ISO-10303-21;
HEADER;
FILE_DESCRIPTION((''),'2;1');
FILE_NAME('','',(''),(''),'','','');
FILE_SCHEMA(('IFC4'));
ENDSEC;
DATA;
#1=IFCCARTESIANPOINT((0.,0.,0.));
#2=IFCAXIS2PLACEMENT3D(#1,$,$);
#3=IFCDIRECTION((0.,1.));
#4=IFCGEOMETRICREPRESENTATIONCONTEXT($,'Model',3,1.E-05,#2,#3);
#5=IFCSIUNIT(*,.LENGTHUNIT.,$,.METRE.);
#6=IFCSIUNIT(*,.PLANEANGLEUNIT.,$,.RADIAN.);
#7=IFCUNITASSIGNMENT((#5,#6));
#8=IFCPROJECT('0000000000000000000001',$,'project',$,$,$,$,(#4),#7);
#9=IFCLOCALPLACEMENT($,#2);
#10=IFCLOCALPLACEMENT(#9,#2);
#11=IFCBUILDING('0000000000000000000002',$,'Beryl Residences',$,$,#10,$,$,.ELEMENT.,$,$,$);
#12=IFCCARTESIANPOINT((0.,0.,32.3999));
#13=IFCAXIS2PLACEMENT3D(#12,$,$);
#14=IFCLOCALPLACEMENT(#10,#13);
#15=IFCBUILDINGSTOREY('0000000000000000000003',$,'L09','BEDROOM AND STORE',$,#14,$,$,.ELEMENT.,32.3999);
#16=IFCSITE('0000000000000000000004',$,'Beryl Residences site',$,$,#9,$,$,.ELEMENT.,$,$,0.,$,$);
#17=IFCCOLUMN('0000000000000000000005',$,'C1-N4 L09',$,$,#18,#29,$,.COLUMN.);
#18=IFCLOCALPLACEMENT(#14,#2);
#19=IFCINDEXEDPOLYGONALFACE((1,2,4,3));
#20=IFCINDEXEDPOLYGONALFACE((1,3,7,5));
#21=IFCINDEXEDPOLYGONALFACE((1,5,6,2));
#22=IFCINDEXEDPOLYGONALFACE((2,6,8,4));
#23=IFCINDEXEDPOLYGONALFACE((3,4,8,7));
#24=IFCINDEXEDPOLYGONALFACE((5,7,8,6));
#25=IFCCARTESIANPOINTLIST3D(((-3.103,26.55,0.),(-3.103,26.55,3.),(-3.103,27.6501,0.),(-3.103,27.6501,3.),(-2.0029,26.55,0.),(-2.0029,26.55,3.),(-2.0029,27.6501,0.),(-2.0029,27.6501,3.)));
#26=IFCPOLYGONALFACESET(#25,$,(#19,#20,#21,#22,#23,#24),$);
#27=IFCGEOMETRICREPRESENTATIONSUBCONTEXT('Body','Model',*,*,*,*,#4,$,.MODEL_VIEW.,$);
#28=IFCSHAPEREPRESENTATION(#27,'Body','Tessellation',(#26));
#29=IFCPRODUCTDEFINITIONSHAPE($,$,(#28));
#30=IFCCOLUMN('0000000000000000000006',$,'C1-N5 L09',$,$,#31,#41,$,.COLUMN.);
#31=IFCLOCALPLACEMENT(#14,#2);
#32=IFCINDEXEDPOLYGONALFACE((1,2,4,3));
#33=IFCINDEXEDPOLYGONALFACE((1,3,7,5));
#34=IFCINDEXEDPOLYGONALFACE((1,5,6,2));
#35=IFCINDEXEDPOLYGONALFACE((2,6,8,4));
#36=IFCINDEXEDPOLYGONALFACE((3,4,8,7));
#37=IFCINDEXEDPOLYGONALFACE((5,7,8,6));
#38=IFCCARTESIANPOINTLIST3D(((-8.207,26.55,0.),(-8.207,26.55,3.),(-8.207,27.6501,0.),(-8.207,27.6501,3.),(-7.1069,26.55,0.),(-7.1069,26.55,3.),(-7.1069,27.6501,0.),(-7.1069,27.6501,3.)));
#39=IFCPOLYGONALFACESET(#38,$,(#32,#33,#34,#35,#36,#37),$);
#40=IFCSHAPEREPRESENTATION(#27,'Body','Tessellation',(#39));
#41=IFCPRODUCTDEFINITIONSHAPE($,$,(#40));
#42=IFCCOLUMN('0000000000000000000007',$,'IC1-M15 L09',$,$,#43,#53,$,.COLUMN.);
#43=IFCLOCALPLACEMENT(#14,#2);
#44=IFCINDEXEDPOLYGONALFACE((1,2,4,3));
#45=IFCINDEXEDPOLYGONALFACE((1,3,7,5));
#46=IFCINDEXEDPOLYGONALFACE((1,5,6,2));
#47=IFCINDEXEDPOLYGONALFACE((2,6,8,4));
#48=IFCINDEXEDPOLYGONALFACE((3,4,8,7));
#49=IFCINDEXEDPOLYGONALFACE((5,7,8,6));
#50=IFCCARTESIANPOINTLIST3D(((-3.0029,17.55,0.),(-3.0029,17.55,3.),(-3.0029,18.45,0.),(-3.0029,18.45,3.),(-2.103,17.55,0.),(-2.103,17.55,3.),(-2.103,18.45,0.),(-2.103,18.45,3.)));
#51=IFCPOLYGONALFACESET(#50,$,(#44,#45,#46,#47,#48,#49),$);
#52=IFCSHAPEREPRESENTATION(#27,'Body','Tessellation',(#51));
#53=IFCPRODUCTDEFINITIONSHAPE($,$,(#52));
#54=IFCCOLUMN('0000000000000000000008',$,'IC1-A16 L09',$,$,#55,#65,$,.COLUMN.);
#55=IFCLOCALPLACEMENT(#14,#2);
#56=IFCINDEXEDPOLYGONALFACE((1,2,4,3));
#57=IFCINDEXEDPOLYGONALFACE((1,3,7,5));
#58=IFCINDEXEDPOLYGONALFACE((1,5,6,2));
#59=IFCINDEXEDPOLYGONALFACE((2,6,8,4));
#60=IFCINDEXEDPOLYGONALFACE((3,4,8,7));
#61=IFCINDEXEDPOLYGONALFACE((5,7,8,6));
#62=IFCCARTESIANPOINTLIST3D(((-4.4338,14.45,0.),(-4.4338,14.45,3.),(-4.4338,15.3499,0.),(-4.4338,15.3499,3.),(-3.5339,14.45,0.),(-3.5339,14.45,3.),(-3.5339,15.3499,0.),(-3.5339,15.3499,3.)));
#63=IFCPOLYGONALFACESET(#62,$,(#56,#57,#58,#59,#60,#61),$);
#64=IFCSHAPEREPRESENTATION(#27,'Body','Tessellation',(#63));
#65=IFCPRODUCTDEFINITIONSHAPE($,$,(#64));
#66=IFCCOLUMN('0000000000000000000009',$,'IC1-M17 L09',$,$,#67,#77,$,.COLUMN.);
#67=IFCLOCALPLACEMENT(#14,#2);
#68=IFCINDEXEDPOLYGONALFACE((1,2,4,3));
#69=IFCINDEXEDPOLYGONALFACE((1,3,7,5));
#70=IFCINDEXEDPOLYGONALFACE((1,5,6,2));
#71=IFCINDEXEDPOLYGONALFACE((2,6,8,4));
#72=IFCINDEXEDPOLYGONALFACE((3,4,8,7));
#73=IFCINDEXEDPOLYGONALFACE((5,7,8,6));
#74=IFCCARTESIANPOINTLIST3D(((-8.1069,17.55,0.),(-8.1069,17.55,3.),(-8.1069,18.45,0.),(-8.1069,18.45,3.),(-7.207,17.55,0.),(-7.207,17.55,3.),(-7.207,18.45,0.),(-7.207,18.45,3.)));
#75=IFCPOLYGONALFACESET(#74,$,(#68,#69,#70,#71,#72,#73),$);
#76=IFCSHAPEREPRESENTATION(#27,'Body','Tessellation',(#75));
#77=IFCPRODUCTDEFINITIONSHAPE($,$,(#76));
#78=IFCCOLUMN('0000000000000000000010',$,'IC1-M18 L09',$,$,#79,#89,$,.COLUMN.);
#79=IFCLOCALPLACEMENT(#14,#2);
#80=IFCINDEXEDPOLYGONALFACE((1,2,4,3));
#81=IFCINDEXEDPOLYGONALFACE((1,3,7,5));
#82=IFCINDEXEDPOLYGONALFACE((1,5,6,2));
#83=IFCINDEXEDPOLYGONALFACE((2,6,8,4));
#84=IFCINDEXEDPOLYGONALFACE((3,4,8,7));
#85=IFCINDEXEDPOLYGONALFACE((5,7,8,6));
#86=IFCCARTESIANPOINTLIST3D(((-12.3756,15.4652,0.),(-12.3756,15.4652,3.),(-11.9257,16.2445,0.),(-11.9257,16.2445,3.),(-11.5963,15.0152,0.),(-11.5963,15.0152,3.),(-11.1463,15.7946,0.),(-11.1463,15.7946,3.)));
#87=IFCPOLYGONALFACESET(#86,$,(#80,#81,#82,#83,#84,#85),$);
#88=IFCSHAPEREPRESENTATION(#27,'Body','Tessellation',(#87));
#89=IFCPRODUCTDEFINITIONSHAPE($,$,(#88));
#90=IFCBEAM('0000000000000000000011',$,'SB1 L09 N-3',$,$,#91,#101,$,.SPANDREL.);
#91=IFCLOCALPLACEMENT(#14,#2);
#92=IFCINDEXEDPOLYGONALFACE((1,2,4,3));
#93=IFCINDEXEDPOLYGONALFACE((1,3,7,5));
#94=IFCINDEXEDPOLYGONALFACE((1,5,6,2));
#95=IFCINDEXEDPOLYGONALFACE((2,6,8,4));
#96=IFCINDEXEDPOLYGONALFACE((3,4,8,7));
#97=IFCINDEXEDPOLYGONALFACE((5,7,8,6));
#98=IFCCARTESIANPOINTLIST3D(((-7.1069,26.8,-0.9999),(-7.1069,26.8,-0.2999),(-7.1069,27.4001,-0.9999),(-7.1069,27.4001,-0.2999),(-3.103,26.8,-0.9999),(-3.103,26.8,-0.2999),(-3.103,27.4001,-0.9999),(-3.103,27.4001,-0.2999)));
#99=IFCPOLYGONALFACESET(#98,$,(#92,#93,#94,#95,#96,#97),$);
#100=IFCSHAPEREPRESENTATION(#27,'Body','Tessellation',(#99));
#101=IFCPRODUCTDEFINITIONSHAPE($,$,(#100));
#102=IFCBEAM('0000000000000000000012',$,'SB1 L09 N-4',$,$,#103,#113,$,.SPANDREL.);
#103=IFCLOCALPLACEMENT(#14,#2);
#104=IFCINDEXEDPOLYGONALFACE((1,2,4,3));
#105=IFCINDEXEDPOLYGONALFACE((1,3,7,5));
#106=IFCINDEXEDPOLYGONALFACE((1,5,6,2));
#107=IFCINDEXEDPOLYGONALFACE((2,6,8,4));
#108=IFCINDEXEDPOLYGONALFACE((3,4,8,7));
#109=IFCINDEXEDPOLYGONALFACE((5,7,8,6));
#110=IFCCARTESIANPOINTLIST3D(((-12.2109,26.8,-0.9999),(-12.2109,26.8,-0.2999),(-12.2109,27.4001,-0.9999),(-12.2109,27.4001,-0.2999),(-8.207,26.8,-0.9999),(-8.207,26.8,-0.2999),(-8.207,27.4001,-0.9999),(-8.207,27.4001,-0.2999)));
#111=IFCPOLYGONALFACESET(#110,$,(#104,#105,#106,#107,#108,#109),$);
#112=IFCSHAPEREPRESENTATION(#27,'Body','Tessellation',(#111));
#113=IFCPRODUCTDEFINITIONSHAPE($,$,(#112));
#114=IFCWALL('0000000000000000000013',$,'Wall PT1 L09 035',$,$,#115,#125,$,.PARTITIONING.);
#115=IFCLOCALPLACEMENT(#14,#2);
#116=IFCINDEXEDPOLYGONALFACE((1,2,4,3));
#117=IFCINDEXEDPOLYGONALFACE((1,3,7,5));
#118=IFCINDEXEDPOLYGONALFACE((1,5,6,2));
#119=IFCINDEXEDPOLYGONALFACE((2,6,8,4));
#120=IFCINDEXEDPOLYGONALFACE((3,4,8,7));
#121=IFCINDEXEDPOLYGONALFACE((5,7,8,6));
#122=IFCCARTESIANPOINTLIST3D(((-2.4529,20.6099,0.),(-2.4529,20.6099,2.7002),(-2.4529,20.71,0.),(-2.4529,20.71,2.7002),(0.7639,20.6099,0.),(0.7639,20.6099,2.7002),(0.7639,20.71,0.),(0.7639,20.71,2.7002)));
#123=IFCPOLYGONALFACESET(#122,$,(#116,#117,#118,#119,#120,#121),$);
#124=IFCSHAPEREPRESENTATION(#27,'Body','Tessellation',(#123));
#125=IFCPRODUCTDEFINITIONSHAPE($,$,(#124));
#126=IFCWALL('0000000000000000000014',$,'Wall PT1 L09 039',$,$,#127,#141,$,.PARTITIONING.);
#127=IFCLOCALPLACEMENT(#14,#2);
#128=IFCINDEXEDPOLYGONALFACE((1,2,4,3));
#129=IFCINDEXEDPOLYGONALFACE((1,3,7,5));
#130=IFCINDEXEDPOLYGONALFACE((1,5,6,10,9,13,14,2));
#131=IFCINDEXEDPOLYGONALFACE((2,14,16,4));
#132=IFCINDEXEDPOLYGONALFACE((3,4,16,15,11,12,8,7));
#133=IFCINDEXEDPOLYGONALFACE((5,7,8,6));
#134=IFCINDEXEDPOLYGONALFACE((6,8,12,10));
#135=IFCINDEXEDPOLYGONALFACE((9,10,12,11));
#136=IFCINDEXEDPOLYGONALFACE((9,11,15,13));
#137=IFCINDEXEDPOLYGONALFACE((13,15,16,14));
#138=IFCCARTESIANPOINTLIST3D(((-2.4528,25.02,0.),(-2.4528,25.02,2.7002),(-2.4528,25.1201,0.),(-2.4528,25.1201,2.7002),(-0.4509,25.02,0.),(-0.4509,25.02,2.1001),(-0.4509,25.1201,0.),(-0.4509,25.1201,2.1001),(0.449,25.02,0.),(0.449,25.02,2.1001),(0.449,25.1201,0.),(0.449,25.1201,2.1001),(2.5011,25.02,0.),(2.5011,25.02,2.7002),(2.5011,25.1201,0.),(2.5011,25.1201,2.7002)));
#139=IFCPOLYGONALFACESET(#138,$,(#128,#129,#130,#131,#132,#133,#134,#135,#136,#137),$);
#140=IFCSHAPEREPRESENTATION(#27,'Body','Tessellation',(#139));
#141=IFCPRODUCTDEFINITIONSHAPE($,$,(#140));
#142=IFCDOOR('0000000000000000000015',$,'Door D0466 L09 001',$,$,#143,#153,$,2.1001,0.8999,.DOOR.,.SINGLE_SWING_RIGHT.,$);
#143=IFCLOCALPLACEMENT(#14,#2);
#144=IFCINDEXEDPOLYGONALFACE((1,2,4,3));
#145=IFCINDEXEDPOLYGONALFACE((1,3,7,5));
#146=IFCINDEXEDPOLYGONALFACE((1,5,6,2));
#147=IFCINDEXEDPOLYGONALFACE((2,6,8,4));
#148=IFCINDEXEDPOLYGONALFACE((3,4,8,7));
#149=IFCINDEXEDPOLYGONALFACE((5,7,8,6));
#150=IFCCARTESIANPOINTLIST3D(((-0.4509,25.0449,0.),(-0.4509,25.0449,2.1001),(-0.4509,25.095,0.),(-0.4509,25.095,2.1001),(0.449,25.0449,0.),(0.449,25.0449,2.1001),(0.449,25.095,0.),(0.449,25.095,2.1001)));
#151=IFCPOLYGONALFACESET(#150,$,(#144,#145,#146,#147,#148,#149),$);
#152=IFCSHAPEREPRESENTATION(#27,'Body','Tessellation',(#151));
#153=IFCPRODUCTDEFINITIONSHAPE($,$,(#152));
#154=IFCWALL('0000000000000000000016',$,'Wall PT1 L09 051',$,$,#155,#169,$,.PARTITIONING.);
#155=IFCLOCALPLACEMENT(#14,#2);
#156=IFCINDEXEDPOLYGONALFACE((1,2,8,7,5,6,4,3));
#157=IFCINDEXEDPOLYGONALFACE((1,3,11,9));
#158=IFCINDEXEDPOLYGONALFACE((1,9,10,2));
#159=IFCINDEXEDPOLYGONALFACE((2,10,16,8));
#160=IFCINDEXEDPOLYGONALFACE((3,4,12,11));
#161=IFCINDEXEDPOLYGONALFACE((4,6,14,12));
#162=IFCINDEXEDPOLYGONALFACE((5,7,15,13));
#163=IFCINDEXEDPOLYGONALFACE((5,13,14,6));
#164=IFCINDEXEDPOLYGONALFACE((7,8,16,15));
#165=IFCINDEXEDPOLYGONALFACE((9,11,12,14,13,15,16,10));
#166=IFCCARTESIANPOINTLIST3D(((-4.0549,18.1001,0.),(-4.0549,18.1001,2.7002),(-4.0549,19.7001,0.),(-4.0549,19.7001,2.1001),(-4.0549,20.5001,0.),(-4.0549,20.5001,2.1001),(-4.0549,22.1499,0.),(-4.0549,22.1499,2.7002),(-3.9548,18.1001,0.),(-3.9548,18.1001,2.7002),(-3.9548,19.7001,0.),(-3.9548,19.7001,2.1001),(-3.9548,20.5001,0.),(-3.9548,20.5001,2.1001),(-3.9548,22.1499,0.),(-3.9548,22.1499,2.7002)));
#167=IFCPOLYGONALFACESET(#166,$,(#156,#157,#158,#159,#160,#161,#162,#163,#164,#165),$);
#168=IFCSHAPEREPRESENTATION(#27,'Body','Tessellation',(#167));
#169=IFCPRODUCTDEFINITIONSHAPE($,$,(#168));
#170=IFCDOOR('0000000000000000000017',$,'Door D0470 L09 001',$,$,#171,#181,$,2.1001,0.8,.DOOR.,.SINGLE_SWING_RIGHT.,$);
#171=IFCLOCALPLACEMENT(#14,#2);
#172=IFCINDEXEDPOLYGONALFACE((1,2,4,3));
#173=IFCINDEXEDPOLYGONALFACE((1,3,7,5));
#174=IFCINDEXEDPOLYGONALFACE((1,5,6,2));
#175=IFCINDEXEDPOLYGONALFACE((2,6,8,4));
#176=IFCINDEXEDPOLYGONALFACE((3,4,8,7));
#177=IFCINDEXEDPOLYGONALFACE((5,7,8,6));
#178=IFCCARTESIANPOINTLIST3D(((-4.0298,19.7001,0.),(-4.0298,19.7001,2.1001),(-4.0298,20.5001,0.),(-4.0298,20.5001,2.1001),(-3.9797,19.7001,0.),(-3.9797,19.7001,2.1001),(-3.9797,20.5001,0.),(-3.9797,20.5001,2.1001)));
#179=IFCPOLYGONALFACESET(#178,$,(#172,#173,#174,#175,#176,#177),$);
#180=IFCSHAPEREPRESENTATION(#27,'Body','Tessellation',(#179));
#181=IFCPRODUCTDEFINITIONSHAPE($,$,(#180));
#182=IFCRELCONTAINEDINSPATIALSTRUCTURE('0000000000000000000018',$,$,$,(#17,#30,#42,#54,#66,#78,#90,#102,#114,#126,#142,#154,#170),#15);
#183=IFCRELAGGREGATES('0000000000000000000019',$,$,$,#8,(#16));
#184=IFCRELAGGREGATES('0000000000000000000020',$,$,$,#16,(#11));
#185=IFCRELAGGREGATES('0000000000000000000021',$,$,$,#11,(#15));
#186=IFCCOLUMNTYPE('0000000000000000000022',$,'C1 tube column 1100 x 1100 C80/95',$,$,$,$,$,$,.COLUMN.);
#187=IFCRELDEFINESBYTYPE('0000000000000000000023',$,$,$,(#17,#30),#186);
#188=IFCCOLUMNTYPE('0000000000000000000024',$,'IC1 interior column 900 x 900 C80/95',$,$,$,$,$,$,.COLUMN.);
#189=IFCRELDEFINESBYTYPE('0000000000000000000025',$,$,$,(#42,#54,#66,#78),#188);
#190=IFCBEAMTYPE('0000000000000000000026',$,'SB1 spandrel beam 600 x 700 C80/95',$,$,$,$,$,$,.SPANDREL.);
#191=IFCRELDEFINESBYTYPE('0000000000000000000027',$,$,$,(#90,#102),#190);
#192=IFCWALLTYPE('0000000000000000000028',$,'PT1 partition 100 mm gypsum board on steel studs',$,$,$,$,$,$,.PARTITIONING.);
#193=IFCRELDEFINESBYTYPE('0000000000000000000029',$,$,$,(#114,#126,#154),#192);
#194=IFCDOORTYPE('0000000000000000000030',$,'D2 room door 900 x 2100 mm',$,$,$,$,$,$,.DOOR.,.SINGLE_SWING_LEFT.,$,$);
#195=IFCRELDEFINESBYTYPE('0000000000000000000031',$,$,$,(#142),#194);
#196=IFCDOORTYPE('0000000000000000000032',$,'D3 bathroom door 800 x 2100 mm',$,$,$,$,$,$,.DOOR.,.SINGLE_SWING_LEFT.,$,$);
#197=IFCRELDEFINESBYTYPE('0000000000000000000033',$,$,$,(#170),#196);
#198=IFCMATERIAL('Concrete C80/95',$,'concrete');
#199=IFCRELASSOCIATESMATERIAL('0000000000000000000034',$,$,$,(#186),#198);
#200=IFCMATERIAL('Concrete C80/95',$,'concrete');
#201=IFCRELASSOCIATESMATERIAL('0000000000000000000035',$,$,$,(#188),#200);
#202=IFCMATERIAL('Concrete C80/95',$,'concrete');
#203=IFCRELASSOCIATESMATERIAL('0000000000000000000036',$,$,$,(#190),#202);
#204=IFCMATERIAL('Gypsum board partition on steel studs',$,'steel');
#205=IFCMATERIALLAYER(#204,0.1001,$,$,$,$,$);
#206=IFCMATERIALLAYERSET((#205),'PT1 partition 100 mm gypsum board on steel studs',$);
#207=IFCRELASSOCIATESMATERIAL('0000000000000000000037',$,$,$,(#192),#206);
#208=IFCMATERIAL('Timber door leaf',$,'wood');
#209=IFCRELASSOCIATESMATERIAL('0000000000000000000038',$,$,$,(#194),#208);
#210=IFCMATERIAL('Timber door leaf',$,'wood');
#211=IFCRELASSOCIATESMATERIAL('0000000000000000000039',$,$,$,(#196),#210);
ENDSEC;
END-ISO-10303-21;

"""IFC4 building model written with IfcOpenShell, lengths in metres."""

from ifc_helpers import new_model, si_unit, direction, frame, frame_2d, origin, origin_2d, place, context, subcontext, project, spatial, rectangle, extrude, material, layer, layer_set, material_profile, profile_set, type_object, element, fill, save


model = new_model("IFC4")

# Units and contexts
model_context = context("Model", 3, precision=1e-05, world=origin(), true_north=direction((0.0, 1.0)))
body_context = subcontext(model_context, "Body", "Model", "MODEL_VIEW")
ifc_project = project(units=[si_unit("LENGTHUNIT", "METRE"), si_unit("PLANEANGLEUNIT", "RADIAN")], contexts=[model_context])

# Site, building, storey
site_placement = place(None, origin())
site = spatial("IfcSite", under=ifc_project, at=site_placement, Name="Beryl Residences site", CompositionType="ELEMENT", RefElevation=0.0)
building_placement = place(site_placement, origin())
building = spatial("IfcBuilding", under=site, at=building_placement, Name="Beryl Residences", CompositionType="ELEMENT")
storey_placement = place(building_placement, frame((0.0, 0.0, 32.3999)))
storey = spatial("IfcBuildingStorey", under=building, at=storey_placement, Name="L09", Description="BEDROOM AND STORE", CompositionType="ELEMENT", Elevation=32.3999)

# Columns
ifc_material_1 = material(Name="Concrete C80/95", Category="concrete")
ifc_material_profile_1 = material_profile(ifc_material_1, rectangle(XDim=1.1001, YDim=1.1001, at=origin_2d()))
ifc_profile_set_1 = profile_set([ifc_material_profile_1], Name="Concrete C80/95")
column_type_1 = type_object("IfcColumnType", Name="C1 tube column 1100 x 1100 C80/95", PredefinedType="COLUMN", material=ifc_profile_set_1)
for number, where, z_axis, x_axis, name in (
    (1, (-2.553, 27.1001, 0.0), (0.0, 0.0, 1.0), (-1.0, 0.0, 0.0), "C1-N4 L09"),
    (2, (-7.657, 27.1001, 0.0), (0.0, 0.0, 1.0), (-1.0, 0.0, 0.0), "C1-N5 L09"),
):
    element("IfcColumn", number, at=place(storey_placement, frame(where, z_axis=z_axis, x_axis=x_axis)), inside=storey, type_object=column_type_1, Name=name, PredefinedType="COLUMN", context=body_context, shape_type="SweptSolid", body=[
        extrude(rectangle(XDim=1.1001, YDim=1.1001, at=origin_2d()), origin(), (0.0, 0.0, 1.0), 3.0),
    ])
ifc_material_2 = material(Name="Concrete C80/95", Category="concrete")
ifc_material_profile_2 = material_profile(ifc_material_2, rectangle(XDim=0.8999, YDim=0.8999, at=origin_2d()))
ifc_profile_set_2 = profile_set([ifc_material_profile_2], Name="Concrete C80/95")
column_type_2 = type_object("IfcColumnType", Name="IC1 interior column 900 x 900 C80/95", PredefinedType="COLUMN", material=ifc_profile_set_2)
for number, where, z_axis, x_axis, name in (
    (3, (-2.553, 18.0, 0.0), (0.0, 0.0, 1.0), (-1.0, 0.0, 0.0), "IC1-M15 L09"),
    (4, (-3.9839, 14.8999, 0.0), (0.0, 0.0, 1.0), (1.0, 0.0, 0.0), "IC1-A16 L09"),
    (5, (-7.657, 18.0, 0.0), (0.0, 0.0, 1.0), (-1.0, 0.0, 0.0), "IC1-M17 L09"),
    (6, (-11.761, 15.6299, 0.0), (0.0, 0.0, 1.0), (-0.499985, -0.866034, 0.0), "IC1-M18 L09"),
):
    element("IfcColumn", number, at=place(storey_placement, frame(where, z_axis=z_axis, x_axis=x_axis)), inside=storey, type_object=column_type_2, Name=name, PredefinedType="COLUMN", context=body_context, shape_type="SweptSolid", body=[
        extrude(rectangle(XDim=0.8999, YDim=0.8999, at=origin_2d()), origin(), (0.0, 0.0, 1.0), 3.0),
    ])

# Beams
ifc_material_3 = material(Name="Concrete C80/95", Category="concrete")
ifc_material_profile_3 = material_profile(ifc_material_3, rectangle(XDim=0.6001, YDim=0.7, at=origin_2d()))
ifc_profile_set_3 = profile_set([ifc_material_profile_3], Name="Concrete C80/95")
beam_type = type_object("IfcBeamType", Name="SB1 spandrel beam 600 x 700 C80/95", PredefinedType="SPANDREL", material=ifc_profile_set_3)
for number, where, z_axis, x_axis, name in (
    (7, (-3.103, 27.1001, -0.6499), (-1.0, 0.0, 0.0), (0.0, -1.0, 0.0), "SB1 L09 N-3"),
    (8, (-8.207, 27.1001, -0.6499), (-1.0, 0.0, 0.0), (0.0, -1.0, 0.0), "SB1 L09 N-4"),
):
    element("IfcBeam", number, at=place(storey_placement, frame(where, z_axis=z_axis, x_axis=x_axis)), inside=storey, type_object=beam_type, Name=name, PredefinedType="SPANDREL", context=body_context, shape_type="SweptSolid", body=[
        extrude(rectangle(XDim=0.6001, YDim=0.7, at=origin_2d()), origin(), (0.0, 0.0, 1.0), 4.0039),
    ])

# Wall
ifc_material_4 = material(Name="Gypsum board partition on steel studs", Category="steel")
ifc_layer_1 = layer(ifc_material_4, 0.1001)
ifc_layer_set_1 = layer_set([ifc_layer_1], Name="PT1 partition 100 mm gypsum board on steel studs")
wall_type_1 = type_object("IfcWallType", Name="PT1 partition 100 mm gypsum board on steel studs", PredefinedType="PARTITIONING", material=ifc_layer_set_1)
wall_1_placement = place(storey_placement, frame((-2.4529, 20.6599, 0.0), z_axis=(0.0, 0.0, 1.0), x_axis=(1.0, 0.0, 0.0)))
element("IfcWall", 9, at=wall_1_placement, inside=storey, type_object=wall_type_1, Name="Wall PT1 L09 035", PredefinedType="PARTITIONING", context=body_context, shape_type="SweptSolid", body=[
    extrude(rectangle(XDim=3.2168, YDim=0.1001, at=frame_2d((1.6084, 0.0))), origin(), (0.0, 0.0, 1.0), 2.7002),
])

# Walls, openings, doors
wall_2_placement = place(storey_placement, frame((-2.4529, 25.0701, 0.0), z_axis=(0.0, 0.0, 1.0), x_axis=(1.0, 0.0, 0.0)))
wall_2 = element("IfcWall", 10, at=wall_2_placement, inside=storey, type_object=wall_type_1, Name="Wall PT1 L09 039", PredefinedType="PARTITIONING", context=body_context, shape_type="SweptSolid", body=[
    extrude(rectangle(XDim=4.9539, YDim=0.1001, at=frame_2d((2.4771, 0.0))), origin(), (0.0, 0.0, 1.0), 2.7002),
])
opening_1_placement = place(wall_2_placement, frame((2.002, 0.0, 0.0)))
opening_1 = element("IfcOpeningElement", 11, at=opening_1_placement, cuts=wall_2, PredefinedType="OPENING", context=body_context, shape_type="SweptSolid", body=[
    extrude(rectangle(XDim=0.8999, YDim=2.1001, at=frame_2d((0.45, 1.05))), frame((0.0, 0.0601, 0.0), z_axis=(0.0, -1.0, 0.0), x_axis=(1.0, 0.0, 0.0)), (0.0, 0.0, 1.0), 0.1201),
])
ifc_material_5 = material(Name="Timber door leaf", Category="wood")
door_type_1 = type_object("IfcDoorType", Name="D2 room door 900 x 2100 mm", OperationType="SINGLE_SWING_LEFT", PredefinedType="DOOR", material=ifc_material_5)
door_1_placement = place(opening_1_placement, origin())
door_1 = element("IfcDoor", 12, at=door_1_placement, inside=storey, type_object=door_type_1, Name="Door D0466 L09 001", OperationType="SINGLE_SWING_RIGHT", OverallHeight=2.1001, OverallWidth=0.8999, PredefinedType="DOOR", context=body_context, shape_type="SweptSolid", body=[
    extrude(rectangle(XDim=0.8999, YDim=2.1001, at=frame_2d((0.45, 1.05))), frame((0.0, 0.0249, 0.0), z_axis=(0.0, -1.0, 0.0), x_axis=(1.0, 0.0, 0.0)), (0.0, 0.0, 1.0), 0.05),
])
fill(opening_1, door_1)
wall_3_placement = place(storey_placement, frame((-4.0049, 18.1001, 0.0), z_axis=(0.0, 0.0, 1.0), x_axis=(0.0, 1.0, 0.0)))
wall_3 = element("IfcWall", 13, at=wall_3_placement, inside=storey, type_object=wall_type_1, Name="Wall PT1 L09 051", PredefinedType="PARTITIONING", context=body_context, shape_type="SweptSolid", body=[
    extrude(rectangle(XDim=4.0498, YDim=0.1001, at=frame_2d((2.0249, 0.0))), origin(), (0.0, 0.0, 1.0), 2.7002),
])
opening_2_placement = place(wall_3_placement, frame((1.6001, 0.0, 0.0)))
opening_2 = element("IfcOpeningElement", 14, at=opening_2_placement, cuts=wall_3, PredefinedType="OPENING", context=body_context, shape_type="SweptSolid", body=[
    extrude(rectangle(XDim=0.8, YDim=2.1001, at=frame_2d((0.3999, 1.05))), frame((0.0, 0.0601, 0.0), z_axis=(0.0, -1.0, 0.0), x_axis=(1.0, 0.0, 0.0)), (0.0, 0.0, 1.0), 0.1201),
])
ifc_material_6 = material(Name="Timber door leaf", Category="wood")
door_type_2 = type_object("IfcDoorType", Name="D3 bathroom door 800 x 2100 mm", OperationType="SINGLE_SWING_LEFT", PredefinedType="DOOR", material=ifc_material_6)
door_2_placement = place(opening_2_placement, origin())
door_2 = element("IfcDoor", 15, at=door_2_placement, inside=storey, type_object=door_type_2, Name="Door D0470 L09 001", OperationType="SINGLE_SWING_RIGHT", OverallHeight=2.1001, OverallWidth=0.8, PredefinedType="DOOR", context=body_context, shape_type="SweptSolid", body=[
    extrude(rectangle(XDim=0.8, YDim=2.1001, at=frame_2d((0.3999, 1.05))), frame((0.0, 0.0249, 0.0), z_axis=(0.0, -1.0, 0.0), x_axis=(1.0, 0.0, 0.0)), (0.0, 0.0, 1.0), 0.05),
])
fill(opening_2, door_2)

save(model, "model.ifc")
